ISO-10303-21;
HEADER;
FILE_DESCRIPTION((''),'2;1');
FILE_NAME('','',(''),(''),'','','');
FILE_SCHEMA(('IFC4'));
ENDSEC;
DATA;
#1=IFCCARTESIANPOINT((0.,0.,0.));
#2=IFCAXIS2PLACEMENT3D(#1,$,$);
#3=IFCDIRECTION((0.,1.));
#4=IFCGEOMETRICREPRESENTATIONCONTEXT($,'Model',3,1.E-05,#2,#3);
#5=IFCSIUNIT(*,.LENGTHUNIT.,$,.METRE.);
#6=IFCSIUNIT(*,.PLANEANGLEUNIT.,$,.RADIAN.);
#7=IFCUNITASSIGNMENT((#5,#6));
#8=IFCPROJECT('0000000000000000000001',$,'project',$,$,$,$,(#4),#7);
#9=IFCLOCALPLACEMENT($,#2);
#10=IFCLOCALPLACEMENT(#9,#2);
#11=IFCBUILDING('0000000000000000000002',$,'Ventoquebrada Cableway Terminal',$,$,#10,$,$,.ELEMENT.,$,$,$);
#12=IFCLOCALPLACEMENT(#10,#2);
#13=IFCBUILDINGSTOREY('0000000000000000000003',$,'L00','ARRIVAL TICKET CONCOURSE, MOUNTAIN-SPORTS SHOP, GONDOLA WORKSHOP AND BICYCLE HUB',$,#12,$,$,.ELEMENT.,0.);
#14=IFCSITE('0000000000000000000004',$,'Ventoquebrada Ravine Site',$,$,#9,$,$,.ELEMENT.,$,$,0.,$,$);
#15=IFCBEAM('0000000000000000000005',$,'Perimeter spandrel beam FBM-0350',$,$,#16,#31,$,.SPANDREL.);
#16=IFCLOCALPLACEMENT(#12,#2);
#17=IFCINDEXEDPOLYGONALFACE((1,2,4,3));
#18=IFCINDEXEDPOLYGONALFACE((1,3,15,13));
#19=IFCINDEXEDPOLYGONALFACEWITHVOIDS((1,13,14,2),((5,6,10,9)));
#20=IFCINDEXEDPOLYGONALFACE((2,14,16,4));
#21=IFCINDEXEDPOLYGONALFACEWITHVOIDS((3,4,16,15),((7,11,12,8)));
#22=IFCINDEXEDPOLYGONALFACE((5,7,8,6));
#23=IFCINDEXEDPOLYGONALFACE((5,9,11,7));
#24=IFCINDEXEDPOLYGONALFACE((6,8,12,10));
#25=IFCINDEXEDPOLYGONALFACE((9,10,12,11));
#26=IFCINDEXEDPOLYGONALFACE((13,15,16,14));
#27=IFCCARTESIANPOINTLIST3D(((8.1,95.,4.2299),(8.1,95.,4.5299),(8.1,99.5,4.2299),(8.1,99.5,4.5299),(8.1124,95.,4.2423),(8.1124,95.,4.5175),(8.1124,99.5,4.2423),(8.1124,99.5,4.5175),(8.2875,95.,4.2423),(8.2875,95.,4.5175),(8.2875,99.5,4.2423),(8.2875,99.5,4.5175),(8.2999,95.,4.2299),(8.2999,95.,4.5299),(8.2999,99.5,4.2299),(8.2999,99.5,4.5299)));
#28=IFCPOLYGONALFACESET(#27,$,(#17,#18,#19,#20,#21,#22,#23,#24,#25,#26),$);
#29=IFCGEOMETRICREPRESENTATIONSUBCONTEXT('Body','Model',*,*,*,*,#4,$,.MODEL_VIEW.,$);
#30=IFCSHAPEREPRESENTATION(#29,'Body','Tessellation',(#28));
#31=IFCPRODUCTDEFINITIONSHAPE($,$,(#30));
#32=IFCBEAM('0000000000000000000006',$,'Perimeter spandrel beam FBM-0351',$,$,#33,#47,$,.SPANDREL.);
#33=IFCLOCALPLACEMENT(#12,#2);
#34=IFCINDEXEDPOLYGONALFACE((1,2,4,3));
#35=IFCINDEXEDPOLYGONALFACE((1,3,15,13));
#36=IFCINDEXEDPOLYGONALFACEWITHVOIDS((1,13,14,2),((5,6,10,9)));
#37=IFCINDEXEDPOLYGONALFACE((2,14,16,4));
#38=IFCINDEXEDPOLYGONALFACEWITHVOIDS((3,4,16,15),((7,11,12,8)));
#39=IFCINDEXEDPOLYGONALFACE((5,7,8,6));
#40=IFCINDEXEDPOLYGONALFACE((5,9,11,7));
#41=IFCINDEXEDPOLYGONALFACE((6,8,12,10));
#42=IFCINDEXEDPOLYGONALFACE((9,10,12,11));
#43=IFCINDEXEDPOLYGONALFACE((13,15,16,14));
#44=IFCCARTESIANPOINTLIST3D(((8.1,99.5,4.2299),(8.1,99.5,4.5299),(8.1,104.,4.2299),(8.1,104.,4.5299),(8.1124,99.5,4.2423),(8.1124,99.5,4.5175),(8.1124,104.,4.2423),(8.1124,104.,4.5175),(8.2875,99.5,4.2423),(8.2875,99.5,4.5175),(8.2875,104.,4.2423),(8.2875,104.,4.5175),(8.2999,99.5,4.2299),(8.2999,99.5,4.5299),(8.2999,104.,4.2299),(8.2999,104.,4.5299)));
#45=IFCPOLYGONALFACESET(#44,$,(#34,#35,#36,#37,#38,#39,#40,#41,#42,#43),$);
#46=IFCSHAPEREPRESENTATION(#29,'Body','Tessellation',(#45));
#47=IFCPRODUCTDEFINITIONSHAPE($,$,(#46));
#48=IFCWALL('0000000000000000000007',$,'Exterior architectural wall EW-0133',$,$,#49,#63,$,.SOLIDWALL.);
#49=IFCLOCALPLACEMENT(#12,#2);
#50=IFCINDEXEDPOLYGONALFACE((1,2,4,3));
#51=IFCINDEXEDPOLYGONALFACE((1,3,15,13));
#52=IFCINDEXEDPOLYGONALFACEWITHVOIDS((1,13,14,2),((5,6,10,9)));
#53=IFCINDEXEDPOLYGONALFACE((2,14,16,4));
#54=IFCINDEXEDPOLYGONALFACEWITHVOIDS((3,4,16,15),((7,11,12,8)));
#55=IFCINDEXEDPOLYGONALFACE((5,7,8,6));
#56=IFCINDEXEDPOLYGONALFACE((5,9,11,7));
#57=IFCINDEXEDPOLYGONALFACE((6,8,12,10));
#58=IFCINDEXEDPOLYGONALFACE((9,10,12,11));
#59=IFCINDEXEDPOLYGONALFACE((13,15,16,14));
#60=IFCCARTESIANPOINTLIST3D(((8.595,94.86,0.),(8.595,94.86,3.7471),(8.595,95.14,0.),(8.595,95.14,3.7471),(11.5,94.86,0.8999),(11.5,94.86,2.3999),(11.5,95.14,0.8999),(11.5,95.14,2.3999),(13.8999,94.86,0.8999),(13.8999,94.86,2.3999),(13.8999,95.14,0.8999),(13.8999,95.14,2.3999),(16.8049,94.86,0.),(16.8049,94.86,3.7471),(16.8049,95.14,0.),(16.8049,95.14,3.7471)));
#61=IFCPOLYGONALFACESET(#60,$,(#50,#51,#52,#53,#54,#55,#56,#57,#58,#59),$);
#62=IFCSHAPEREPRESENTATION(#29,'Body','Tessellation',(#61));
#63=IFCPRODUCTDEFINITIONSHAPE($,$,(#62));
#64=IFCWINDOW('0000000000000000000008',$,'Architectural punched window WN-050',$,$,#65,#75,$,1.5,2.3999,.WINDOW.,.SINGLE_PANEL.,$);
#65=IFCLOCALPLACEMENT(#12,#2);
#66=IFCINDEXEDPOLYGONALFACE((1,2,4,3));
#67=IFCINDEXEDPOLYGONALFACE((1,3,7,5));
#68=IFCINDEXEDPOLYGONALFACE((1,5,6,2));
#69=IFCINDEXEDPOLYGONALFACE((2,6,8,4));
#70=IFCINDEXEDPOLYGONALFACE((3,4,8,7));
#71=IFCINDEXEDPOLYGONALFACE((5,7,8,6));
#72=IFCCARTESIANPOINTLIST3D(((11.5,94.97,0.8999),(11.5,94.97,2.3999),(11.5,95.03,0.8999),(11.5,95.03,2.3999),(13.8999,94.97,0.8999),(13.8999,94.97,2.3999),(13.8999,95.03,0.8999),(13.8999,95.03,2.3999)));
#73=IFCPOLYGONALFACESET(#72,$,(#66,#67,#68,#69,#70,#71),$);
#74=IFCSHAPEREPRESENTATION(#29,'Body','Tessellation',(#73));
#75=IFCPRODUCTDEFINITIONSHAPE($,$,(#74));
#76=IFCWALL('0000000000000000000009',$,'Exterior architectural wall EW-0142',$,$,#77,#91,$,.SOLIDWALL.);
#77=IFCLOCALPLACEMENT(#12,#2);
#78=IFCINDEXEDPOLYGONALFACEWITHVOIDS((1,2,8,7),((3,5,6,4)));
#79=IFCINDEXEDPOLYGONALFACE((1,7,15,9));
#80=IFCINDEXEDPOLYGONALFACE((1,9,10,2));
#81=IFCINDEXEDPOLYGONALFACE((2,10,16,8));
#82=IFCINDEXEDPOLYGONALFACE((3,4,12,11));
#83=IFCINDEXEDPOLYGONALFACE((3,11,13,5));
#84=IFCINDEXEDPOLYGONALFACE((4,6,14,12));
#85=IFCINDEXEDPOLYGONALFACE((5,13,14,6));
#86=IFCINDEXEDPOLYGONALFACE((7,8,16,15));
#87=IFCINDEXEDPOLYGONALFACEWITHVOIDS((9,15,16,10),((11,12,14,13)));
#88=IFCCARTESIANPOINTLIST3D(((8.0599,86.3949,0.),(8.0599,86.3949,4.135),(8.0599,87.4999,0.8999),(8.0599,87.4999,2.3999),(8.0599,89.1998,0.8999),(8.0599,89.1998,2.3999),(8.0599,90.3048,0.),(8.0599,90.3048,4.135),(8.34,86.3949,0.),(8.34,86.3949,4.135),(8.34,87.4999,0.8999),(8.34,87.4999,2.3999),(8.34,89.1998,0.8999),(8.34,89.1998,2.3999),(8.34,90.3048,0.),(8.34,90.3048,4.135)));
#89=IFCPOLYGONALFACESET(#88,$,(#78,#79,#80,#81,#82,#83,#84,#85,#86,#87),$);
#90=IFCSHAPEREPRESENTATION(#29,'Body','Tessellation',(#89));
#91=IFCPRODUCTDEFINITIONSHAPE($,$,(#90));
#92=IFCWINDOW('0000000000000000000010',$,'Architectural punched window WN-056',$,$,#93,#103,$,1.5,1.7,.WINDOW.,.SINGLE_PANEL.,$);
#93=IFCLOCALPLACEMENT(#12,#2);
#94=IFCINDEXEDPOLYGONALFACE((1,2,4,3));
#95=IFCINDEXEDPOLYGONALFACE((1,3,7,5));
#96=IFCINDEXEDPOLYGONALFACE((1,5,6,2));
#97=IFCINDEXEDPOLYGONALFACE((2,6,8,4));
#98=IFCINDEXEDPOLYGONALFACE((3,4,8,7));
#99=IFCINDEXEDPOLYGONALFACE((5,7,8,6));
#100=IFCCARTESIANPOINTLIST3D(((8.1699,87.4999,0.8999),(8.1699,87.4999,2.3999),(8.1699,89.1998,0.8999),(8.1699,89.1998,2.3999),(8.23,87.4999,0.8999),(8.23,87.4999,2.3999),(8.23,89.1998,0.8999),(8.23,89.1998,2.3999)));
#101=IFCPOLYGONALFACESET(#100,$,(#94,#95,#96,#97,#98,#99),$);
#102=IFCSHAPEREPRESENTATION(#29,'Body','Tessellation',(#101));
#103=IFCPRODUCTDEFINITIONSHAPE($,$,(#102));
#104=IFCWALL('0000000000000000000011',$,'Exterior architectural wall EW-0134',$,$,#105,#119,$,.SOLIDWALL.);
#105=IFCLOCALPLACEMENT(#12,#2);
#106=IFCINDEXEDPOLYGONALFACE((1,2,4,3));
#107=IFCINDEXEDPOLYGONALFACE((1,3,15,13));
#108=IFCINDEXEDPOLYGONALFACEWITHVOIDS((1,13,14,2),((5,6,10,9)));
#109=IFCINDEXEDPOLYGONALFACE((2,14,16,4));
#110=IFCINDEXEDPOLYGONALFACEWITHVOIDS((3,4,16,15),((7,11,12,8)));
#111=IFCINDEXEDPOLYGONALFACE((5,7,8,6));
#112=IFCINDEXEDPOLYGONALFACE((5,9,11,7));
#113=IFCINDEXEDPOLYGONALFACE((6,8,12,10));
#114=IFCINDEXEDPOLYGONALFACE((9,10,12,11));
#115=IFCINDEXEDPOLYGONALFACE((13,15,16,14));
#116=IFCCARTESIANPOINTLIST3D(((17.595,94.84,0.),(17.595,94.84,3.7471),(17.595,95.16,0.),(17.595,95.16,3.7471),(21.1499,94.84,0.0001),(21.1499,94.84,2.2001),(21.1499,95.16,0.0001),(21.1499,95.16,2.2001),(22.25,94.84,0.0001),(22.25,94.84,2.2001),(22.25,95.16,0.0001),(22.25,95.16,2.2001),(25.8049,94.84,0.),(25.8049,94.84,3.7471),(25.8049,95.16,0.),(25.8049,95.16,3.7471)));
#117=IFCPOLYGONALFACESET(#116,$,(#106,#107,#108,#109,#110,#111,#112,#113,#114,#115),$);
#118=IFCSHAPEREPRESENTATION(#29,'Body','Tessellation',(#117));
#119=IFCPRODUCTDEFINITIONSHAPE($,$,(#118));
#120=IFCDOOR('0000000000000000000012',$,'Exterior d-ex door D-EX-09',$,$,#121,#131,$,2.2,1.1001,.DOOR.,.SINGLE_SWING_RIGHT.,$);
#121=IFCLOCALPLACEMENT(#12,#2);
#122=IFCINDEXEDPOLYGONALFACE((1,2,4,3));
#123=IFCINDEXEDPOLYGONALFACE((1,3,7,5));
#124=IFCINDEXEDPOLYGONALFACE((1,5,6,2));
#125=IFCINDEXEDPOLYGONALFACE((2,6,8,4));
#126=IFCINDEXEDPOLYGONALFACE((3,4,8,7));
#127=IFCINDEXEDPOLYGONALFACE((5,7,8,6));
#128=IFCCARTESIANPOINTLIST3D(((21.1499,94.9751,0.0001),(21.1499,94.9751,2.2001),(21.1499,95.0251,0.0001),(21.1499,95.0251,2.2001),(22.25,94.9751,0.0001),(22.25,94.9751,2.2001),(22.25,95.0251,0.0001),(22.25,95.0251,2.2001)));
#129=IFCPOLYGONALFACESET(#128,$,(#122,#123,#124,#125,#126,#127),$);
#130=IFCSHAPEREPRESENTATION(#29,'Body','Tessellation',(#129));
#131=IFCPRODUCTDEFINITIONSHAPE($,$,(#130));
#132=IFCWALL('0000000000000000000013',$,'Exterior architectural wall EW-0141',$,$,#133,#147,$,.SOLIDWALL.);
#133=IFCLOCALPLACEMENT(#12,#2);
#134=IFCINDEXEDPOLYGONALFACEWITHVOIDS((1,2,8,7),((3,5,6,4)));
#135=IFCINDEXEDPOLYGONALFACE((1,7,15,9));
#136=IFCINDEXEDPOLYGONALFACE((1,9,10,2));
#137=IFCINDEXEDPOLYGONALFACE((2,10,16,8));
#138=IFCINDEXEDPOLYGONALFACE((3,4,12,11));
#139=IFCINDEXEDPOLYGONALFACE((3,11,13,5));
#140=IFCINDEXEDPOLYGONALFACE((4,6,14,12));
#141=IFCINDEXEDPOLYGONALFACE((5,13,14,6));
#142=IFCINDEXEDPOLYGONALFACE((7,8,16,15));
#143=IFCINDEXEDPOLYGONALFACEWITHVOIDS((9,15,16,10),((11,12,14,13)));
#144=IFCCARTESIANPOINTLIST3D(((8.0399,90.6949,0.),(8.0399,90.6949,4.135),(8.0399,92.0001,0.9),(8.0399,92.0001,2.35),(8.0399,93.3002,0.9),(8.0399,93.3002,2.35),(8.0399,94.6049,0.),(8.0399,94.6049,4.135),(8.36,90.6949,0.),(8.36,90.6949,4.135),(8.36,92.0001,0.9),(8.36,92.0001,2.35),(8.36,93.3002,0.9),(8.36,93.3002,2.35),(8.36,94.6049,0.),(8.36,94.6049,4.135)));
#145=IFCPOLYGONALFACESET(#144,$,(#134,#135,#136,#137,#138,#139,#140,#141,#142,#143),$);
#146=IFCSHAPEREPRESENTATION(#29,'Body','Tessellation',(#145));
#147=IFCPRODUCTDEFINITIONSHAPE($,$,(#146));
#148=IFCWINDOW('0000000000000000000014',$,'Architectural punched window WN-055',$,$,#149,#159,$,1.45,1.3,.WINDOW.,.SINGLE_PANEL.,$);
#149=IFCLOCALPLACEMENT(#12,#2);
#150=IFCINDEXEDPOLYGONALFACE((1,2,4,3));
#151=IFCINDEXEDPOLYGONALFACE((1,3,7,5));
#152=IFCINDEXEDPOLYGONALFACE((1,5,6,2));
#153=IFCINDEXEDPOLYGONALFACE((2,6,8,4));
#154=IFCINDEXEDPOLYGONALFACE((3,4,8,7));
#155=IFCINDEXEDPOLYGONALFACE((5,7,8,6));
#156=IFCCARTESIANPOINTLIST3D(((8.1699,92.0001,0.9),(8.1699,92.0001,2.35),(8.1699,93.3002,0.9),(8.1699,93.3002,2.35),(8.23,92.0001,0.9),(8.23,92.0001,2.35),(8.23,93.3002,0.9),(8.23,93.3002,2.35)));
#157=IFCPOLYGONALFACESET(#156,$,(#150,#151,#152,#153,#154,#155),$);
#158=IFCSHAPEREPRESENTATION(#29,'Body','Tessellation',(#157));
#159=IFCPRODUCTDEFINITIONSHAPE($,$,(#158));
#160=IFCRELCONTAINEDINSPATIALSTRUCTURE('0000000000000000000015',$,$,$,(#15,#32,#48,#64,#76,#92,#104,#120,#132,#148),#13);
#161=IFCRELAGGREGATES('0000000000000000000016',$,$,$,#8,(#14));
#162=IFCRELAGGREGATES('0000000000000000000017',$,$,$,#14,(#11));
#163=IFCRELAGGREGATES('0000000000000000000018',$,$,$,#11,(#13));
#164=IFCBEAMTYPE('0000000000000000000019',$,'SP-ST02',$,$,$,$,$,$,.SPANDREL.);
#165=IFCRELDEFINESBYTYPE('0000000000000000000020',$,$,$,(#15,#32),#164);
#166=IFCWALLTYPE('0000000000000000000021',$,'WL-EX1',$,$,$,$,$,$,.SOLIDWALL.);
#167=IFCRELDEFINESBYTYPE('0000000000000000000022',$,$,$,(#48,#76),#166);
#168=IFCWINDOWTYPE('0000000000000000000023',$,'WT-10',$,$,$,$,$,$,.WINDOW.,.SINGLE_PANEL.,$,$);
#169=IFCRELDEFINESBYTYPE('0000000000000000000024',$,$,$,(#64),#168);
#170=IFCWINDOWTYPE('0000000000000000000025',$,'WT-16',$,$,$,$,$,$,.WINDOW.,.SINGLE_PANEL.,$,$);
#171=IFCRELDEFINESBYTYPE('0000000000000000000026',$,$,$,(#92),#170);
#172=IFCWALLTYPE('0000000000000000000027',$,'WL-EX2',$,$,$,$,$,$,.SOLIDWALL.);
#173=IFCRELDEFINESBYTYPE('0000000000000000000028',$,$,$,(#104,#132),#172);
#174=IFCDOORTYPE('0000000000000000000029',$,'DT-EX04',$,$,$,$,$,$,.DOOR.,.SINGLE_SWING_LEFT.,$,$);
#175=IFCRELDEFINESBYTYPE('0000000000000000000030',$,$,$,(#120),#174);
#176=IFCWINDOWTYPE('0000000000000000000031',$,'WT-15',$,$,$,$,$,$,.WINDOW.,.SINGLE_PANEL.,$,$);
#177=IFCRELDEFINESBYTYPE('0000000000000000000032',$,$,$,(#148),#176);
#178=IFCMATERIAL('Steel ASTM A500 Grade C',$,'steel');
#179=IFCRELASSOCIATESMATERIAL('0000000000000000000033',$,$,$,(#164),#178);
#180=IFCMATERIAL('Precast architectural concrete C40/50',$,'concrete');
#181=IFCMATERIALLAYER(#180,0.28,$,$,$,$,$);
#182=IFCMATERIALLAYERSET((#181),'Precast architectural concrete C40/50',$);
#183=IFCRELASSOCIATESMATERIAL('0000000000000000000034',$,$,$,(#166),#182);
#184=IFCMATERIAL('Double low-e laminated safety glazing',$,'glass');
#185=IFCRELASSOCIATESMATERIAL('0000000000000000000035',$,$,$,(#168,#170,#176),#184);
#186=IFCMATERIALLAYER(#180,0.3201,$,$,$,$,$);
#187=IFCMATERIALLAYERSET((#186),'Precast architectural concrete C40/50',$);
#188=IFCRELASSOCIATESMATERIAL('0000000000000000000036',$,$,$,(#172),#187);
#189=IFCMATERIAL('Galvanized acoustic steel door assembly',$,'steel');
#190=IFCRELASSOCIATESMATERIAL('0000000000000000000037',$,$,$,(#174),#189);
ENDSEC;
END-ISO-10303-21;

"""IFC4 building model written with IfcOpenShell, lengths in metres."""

from ifc_helpers import new_model, si_unit, direction, frame, frame_2d, origin, origin_2d, place, context, subcontext, project, spatial, rectangle, hollow_rectangle, extrude, material, layer, layer_set, material_profile, profile_set, type_object, element, fill, save


model = new_model("IFC4")

# Units and contexts
model_context = context("Model", 3, precision=1e-05, world=origin(), true_north=direction((0.0, 1.0)))
body_context = subcontext(model_context, "Body", "Model", "MODEL_VIEW")
ifc_project = project(units=[si_unit("LENGTHUNIT", "METRE"), si_unit("PLANEANGLEUNIT", "RADIAN")], contexts=[model_context])

# Site, building, storey
site_placement = place(None, origin())
site = spatial("IfcSite", under=ifc_project, at=site_placement, Name="Ventoquebrada Ravine Site", CompositionType="ELEMENT", RefElevation=0.0)
building_placement = place(site_placement, origin())
building = spatial("IfcBuilding", under=site, at=building_placement, Name="Ventoquebrada Cableway Terminal", CompositionType="ELEMENT")
storey_placement = place(building_placement, origin())
storey = spatial("IfcBuildingStorey", under=building, at=storey_placement, Name="L00", Description="ARRIVAL TICKET CONCOURSE, MOUNTAIN-SPORTS SHOP, GONDOLA WORKSHOP AND BICYCLE HUB", CompositionType="ELEMENT", Elevation=0.0)

# Beams
ifc_material_1 = material(Name="Steel ASTM A500 Grade C", Category="steel")
ifc_material_profile_1 = material_profile(ifc_material_1, hollow_rectangle(XDim=0.2, YDim=0.3, WallThickness=0.0125, at=origin_2d()), Name="RHS300X200X12.5")
ifc_profile_set_1 = profile_set([ifc_material_profile_1], Name="Steel ASTM A500 Grade C")
beam_type_1 = type_object("IfcBeamType", Name="SP-ST02", PredefinedType="SPANDREL", material=ifc_profile_set_1)
for number, where, z_axis, x_axis, name in (
    (1, (8.2, 95.0, 4.3799), (0.0, 1.0, 0.0), (-1.0, 0.0, 0.0), "Perimeter spandrel beam FBM-0350"),
    (2, (8.2, 99.5, 4.3799), (0.0, 1.0, 0.0), (-1.0, 0.0, 0.0), "Perimeter spandrel beam FBM-0351"),
):
    element("IfcBeam", number, at=place(storey_placement, frame(where, z_axis=z_axis, x_axis=x_axis)), inside=storey, type_object=beam_type_1, Name=name, PredefinedType="SPANDREL", context=body_context, shape_type="SweptSolid", body=[
        extrude(hollow_rectangle(XDim=0.2, YDim=0.3, WallThickness=0.0125, at=origin_2d()), origin(), (0.0, 0.0, 1.0), 4.5),
    ])

# Walls, openings, windows
ifc_material_2 = material(Name="Precast architectural concrete C40/50", Category="concrete")
ifc_layer_1 = layer(ifc_material_2, 0.28)
ifc_layer_set_1 = layer_set([ifc_layer_1], Name="Precast architectural concrete C40/50")
wall_type_1 = type_object("IfcWallType", Name="WL-EX1", PredefinedType="SOLIDWALL", material=ifc_layer_set_1)
wall_1_placement = place(storey_placement, frame((16.8049, 95.0, 0.0), z_axis=(0.0, 0.0, 1.0), x_axis=(-1.0, 0.0, 0.0)))
wall_1 = element("IfcWall", 3, at=wall_1_placement, inside=storey, type_object=wall_type_1, Name="Exterior architectural wall EW-0133", PredefinedType="SOLIDWALL", context=body_context, shape_type="SweptSolid", body=[
    extrude(rectangle(XDim=8.21, YDim=0.28, at=frame_2d((4.105, 0.0))), origin(), (0.0, 0.0, 1.0), 3.7471),
])
opening_1_placement = place(wall_1_placement, frame((2.905, 0.0, 0.8999)))
opening_1 = element("IfcOpeningElement", 4, at=opening_1_placement, cuts=wall_1, PredefinedType="OPENING", context=body_context, shape_type="SweptSolid", body=[
    extrude(rectangle(XDim=2.3999, YDim=1.5, at=frame_2d((1.2, 0.75))), frame((0.0, 0.1499, 0.0), z_axis=(0.0, -1.0, 0.0), x_axis=(1.0, 0.0, 0.0)), (0.0, 0.0, 1.0), 0.3),
])
ifc_material_3 = material(Name="Double low-e laminated safety glazing", Category="glass")
window_type_1 = type_object("IfcWindowType", Name="WT-10", PartitioningType="SINGLE_PANEL", PredefinedType="WINDOW", material=ifc_material_3)
window_1_placement = place(opening_1_placement, origin())
window_1 = element("IfcWindow", 5, at=window_1_placement, inside=storey, type_object=window_type_1, Name="Architectural punched window WN-050", OverallHeight=1.5, OverallWidth=2.3999, PartitioningType="SINGLE_PANEL", PredefinedType="WINDOW", context=body_context, shape_type="SweptSolid", body=[
    extrude(rectangle(XDim=2.3999, YDim=1.5, at=frame_2d((1.2, 0.75))), frame((0.0, 0.03, 0.0), z_axis=(0.0, -1.0, 0.0), x_axis=(1.0, 0.0, 0.0)), (0.0, 0.0, 1.0), 0.0601),
])
fill(opening_1, window_1)
wall_2_placement = place(storey_placement, frame((8.2, 90.3049, 0.0), z_axis=(0.0, 0.0, 1.0), x_axis=(0.0, -1.0, 0.0)))
wall_2 = element("IfcWall", 6, at=wall_2_placement, inside=storey, type_object=wall_type_1, Name="Exterior architectural wall EW-0142", PredefinedType="SOLIDWALL", context=body_context, shape_type="SweptSolid", body=[
    extrude(rectangle(XDim=3.9099, YDim=0.28, at=frame_2d((1.9551, 0.0))), origin(), (0.0, 0.0, 1.0), 4.135),
])
opening_2_placement = place(wall_2_placement, frame((1.105, 0.0, 0.8999)))
opening_2 = element("IfcOpeningElement", 7, at=opening_2_placement, cuts=wall_2, PredefinedType="OPENING", context=body_context, shape_type="SweptSolid", body=[
    extrude(rectangle(XDim=1.7, YDim=1.5, at=frame_2d((0.8501, 0.75))), frame((0.0, 0.1499, 0.0), z_axis=(0.0, -1.0, 0.0), x_axis=(1.0, 0.0, 0.0)), (0.0, 0.0, 1.0), 0.3),
])
window_type_2 = type_object("IfcWindowType", Name="WT-16", PartitioningType="SINGLE_PANEL", PredefinedType="WINDOW", material=ifc_material_3)
window_2_placement = place(opening_2_placement, origin())
window_2 = element("IfcWindow", 8, at=window_2_placement, inside=storey, type_object=window_type_2, Name="Architectural punched window WN-056", OverallHeight=1.5, OverallWidth=1.7, PartitioningType="SINGLE_PANEL", PredefinedType="WINDOW", context=body_context, shape_type="SweptSolid", body=[
    extrude(rectangle(XDim=1.7, YDim=1.5, at=frame_2d((0.8501, 0.75))), frame((0.0, 0.03, 0.0), z_axis=(0.0, -1.0, 0.0), x_axis=(1.0, 0.0, 0.0)), (0.0, 0.0, 1.0), 0.0601),
])
fill(opening_2, window_2)

# Wall, opening, door
ifc_layer_2 = layer(ifc_material_2, 0.3201)
ifc_layer_set_2 = layer_set([ifc_layer_2], Name="Precast architectural concrete C40/50")
wall_type_2 = type_object("IfcWallType", Name="WL-EX2", PredefinedType="SOLIDWALL", material=ifc_layer_set_2)
wall_3_placement = place(storey_placement, frame((25.8049, 95.0, 0.0), z_axis=(0.0, 0.0, 1.0), x_axis=(-1.0, 0.0, 0.0)))
wall_3 = element("IfcWall", 9, at=wall_3_placement, inside=storey, type_object=wall_type_2, Name="Exterior architectural wall EW-0134", PredefinedType="SOLIDWALL", context=body_context, shape_type="SweptSolid", body=[
    extrude(rectangle(XDim=8.21, YDim=0.3201, at=frame_2d((4.105, 0.0))), origin(), (0.0, 0.0, 1.0), 3.7471),
])
opening_3_placement = place(wall_3_placement, frame((3.5549, 0.0, 0.0)))
opening_3 = element("IfcOpeningElement", 10, at=opening_3_placement, cuts=wall_3, PredefinedType="OPENING", context=body_context, shape_type="SweptSolid", body=[
    extrude(rectangle(XDim=1.1001, YDim=2.2, at=frame_2d((0.55, 1.1001))), frame((0.0, 0.1699, 0.0), z_axis=(0.0, -1.0, 0.0), x_axis=(1.0, 0.0, 0.0)), (0.0, 0.0, 1.0), 0.3401),
])
ifc_material_4 = material(Name="Galvanized acoustic steel door assembly", Category="steel")
door_type_1 = type_object("IfcDoorType", Name="DT-EX04", OperationType="SINGLE_SWING_LEFT", PredefinedType="DOOR", material=ifc_material_4)
door_1_placement = place(opening_3_placement, origin())
door_1 = element("IfcDoor", 11, at=door_1_placement, inside=storey, type_object=door_type_1, Name="Exterior d-ex door D-EX-09", OperationType="SINGLE_SWING_RIGHT", OverallHeight=2.2, OverallWidth=1.1001, PredefinedType="DOOR", context=body_context, shape_type="SweptSolid", body=[
    extrude(rectangle(XDim=1.1001, YDim=2.2, at=frame_2d((0.55, 1.1001))), frame((0.0, 0.0249, 0.0), z_axis=(0.0, -1.0, 0.0), x_axis=(1.0, 0.0, 0.0)), (0.0, 0.0, 1.0), 0.05),
])
fill(opening_3, door_1)

# Wall, opening, window
wall_4_placement = place(storey_placement, frame((8.2, 94.605, 0.0), z_axis=(0.0, 0.0, 1.0), x_axis=(0.0, -1.0, 0.0)))
wall_4 = element("IfcWall", 12, at=wall_4_placement, inside=storey, type_object=wall_type_2, Name="Exterior architectural wall EW-0141", PredefinedType="SOLIDWALL", context=body_context, shape_type="SweptSolid", body=[
    extrude(rectangle(XDim=3.9099, YDim=0.3201, at=frame_2d((1.9551, 0.0))), origin(), (0.0, 0.0, 1.0), 4.135),
])
opening_4_placement = place(wall_4_placement, frame((1.3049, 0.0, 0.8999)))
opening_4 = element("IfcOpeningElement", 13, at=opening_4_placement, cuts=wall_4, PredefinedType="OPENING", context=body_context, shape_type="SweptSolid", body=[
    extrude(rectangle(XDim=1.3, YDim=1.45, at=frame_2d((0.6499, 0.7251))), frame((0.0, 0.1699, 0.0), z_axis=(0.0, -1.0, 0.0), x_axis=(1.0, 0.0, 0.0)), (0.0, 0.0, 1.0), 0.3401),
])
window_type_3 = type_object("IfcWindowType", Name="WT-15", PartitioningType="SINGLE_PANEL", PredefinedType="WINDOW", material=ifc_material_3)
window_3_placement = place(opening_4_placement, origin())
window_3 = element("IfcWindow", 14, at=window_3_placement, inside=storey, type_object=window_type_3, Name="Architectural punched window WN-055", OverallHeight=1.45, OverallWidth=1.3, PartitioningType="SINGLE_PANEL", PredefinedType="WINDOW", context=body_context, shape_type="SweptSolid", body=[
    extrude(rectangle(XDim=1.3, YDim=1.45, at=frame_2d((0.6499, 0.7251))), frame((0.0, 0.03, 0.0), z_axis=(0.0, -1.0, 0.0), x_axis=(1.0, 0.0, 0.0)), (0.0, 0.0, 1.0), 0.0601),
])
fill(opening_4, window_3)

save(model, "model.ifc")
